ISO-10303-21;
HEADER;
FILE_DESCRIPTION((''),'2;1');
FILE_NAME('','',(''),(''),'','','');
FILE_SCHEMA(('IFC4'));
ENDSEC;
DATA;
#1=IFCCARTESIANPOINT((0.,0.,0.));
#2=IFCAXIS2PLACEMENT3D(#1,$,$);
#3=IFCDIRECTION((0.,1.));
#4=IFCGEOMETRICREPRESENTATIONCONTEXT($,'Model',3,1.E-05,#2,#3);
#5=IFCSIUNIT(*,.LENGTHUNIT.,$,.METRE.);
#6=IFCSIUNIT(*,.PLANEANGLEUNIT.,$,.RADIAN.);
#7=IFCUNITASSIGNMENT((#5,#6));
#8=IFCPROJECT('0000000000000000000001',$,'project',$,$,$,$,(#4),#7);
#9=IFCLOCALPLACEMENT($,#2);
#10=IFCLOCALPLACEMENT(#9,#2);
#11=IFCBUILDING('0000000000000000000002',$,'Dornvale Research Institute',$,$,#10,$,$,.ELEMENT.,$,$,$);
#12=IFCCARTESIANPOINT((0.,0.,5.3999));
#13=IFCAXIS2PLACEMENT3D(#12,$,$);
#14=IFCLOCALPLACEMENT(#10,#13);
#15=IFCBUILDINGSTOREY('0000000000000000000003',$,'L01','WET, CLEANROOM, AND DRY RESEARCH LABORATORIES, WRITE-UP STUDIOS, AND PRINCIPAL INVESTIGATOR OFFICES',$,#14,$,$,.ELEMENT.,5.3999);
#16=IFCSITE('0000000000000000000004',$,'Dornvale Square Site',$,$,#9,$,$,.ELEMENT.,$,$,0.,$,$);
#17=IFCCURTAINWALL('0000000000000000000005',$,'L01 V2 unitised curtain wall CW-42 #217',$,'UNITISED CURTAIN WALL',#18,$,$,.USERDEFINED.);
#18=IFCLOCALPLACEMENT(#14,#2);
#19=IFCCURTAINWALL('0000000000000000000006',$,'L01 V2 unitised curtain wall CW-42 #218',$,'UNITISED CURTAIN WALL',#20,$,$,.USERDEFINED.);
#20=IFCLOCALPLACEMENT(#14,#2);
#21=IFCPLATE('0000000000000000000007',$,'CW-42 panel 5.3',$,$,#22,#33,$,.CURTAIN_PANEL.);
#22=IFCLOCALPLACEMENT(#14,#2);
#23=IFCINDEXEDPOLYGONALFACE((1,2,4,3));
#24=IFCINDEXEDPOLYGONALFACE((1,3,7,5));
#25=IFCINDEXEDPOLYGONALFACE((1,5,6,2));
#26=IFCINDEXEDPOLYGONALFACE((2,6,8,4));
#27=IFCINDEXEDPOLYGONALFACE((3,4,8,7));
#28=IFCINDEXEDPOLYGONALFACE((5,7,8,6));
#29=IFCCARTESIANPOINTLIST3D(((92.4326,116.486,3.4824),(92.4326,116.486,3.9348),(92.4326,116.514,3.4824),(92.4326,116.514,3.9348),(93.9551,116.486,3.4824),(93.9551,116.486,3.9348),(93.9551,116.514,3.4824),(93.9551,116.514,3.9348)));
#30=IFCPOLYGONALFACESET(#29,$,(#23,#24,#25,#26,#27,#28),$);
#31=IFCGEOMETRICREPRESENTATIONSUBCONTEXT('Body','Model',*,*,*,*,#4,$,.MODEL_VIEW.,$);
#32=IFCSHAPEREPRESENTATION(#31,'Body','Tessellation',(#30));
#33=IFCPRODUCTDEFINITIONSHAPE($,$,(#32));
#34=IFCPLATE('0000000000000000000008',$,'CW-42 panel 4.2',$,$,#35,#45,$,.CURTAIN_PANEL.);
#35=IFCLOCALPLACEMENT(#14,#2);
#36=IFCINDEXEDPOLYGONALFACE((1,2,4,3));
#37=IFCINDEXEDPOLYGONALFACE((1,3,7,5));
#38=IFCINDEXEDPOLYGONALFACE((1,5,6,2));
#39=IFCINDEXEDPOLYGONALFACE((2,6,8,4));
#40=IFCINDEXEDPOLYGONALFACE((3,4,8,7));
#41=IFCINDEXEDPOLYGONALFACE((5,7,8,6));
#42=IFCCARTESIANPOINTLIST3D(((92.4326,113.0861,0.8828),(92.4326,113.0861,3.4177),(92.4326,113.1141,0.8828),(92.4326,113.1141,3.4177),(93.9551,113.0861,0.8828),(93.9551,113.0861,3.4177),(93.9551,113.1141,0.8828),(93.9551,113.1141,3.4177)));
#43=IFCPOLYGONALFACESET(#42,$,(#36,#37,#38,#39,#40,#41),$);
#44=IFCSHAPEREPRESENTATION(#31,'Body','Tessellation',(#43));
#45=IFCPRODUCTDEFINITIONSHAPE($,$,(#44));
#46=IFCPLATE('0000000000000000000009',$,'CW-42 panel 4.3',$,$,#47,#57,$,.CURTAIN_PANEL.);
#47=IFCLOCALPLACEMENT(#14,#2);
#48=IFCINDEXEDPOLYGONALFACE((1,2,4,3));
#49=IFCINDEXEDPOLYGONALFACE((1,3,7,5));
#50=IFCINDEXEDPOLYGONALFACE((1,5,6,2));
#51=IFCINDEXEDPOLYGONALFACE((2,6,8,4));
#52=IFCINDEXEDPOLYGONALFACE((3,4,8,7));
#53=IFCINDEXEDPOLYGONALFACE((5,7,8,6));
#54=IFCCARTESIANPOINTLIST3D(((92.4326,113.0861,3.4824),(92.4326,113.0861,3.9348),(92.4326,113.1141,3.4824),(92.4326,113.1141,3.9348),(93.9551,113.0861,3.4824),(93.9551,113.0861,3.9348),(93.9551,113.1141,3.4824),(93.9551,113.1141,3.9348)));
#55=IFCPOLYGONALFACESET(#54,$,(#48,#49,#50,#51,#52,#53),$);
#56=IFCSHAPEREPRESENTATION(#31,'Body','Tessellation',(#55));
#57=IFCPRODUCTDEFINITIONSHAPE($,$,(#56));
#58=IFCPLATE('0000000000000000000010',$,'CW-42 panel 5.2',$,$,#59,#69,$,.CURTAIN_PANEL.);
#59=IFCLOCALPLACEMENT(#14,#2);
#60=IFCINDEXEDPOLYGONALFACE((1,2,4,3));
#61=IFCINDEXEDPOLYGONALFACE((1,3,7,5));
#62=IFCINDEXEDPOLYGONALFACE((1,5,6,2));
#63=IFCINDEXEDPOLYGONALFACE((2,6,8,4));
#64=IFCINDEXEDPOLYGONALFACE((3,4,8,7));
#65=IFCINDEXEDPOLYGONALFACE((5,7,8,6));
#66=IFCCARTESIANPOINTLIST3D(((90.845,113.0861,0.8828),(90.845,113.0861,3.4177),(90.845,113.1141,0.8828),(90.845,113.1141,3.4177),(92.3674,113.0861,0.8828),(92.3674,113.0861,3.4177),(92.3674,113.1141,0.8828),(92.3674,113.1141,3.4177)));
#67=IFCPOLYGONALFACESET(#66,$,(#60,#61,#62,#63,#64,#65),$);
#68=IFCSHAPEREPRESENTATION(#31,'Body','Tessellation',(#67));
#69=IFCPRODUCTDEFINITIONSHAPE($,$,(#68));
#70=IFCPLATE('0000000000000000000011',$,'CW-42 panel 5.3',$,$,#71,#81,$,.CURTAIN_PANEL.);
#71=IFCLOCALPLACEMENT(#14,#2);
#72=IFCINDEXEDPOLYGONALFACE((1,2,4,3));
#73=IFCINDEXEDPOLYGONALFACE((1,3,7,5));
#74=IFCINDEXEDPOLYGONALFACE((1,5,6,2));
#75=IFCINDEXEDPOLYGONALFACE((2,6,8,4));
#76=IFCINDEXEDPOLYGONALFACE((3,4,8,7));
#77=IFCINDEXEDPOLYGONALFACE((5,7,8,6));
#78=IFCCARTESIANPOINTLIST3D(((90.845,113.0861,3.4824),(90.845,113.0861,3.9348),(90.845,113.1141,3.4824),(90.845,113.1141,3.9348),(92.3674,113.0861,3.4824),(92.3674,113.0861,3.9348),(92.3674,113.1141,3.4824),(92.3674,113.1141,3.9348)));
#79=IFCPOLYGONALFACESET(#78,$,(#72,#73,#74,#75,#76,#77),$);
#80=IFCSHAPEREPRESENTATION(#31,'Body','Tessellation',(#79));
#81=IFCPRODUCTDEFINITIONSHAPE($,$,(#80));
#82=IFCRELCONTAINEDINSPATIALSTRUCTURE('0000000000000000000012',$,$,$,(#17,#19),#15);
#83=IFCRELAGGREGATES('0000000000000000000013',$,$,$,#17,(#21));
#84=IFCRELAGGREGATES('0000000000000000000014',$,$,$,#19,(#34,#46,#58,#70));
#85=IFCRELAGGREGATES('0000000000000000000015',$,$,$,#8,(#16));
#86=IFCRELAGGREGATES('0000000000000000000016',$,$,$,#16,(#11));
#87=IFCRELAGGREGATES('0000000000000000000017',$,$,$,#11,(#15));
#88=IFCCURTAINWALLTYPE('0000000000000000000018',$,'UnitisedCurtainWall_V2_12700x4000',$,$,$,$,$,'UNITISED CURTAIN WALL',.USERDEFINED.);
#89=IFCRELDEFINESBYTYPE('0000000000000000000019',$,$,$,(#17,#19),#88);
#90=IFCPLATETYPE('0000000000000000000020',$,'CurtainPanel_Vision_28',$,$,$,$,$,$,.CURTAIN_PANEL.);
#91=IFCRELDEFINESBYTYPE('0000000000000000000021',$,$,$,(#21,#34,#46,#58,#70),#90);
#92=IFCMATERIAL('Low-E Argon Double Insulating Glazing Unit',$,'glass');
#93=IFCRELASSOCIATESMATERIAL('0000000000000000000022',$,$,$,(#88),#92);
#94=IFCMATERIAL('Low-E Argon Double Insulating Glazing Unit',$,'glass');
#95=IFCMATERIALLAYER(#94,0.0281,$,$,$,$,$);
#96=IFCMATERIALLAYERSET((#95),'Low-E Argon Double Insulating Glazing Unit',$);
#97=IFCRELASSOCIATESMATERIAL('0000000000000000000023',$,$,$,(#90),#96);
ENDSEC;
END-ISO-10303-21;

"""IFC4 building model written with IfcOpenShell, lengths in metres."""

from ifc_helpers import new_model, si_unit, direction, frame, origin, origin_2d, place, context, subcontext, project, spatial, rectangle, extrude, material, layer, layer_set, type_object, element, aggregate, save


model = new_model("IFC4")

# Units and contexts
model_context = context("Model", 3, precision=1e-05, world=origin(), true_north=direction((0.0, 1.0)))
body_context = subcontext(model_context, "Body", "Model", "MODEL_VIEW")
ifc_project = project(units=[si_unit("LENGTHUNIT", "METRE"), si_unit("PLANEANGLEUNIT", "RADIAN")], contexts=[model_context])

# Site, building, storey
site_placement = place(None, origin())
site = spatial("IfcSite", under=ifc_project, at=site_placement, Name="Dornvale Square Site", CompositionType="ELEMENT", RefElevation=0.0)
building_placement = place(site_placement, origin())
building = spatial("IfcBuilding", under=site, at=building_placement, Name="Dornvale Research Institute", CompositionType="ELEMENT")
storey_placement = place(building_placement, frame((0.0, 0.0, 5.3999)))
storey = spatial("IfcBuildingStorey", under=building, at=storey_placement, Name="L01", Description="WET, CLEANROOM, AND DRY RESEARCH LABORATORIES, WRITE-UP STUDIOS, AND PRINCIPAL INVESTIGATOR OFFICES", CompositionType="ELEMENT", Elevation=5.3999)

# Curtain walls
ifc_material_1 = material(Name="Low-E Argon Double Insulating Glazing Unit", Category="glass")
curtain_wall_type = type_object("IfcCurtainWallType", Name="UnitisedCurtainWall_V2_12700x4000", ElementType="UNITISED CURTAIN WALL", PredefinedType="USERDEFINED", material=ifc_material_1)
curtain_wall_1_placement = place(storey_placement, origin())
curtain_wall_1 = element("IfcCurtainWall", 1, at=curtain_wall_1_placement, inside=storey, type_object=curtain_wall_type, Name="L01 V2 unitised curtain wall CW-42 #217", ObjectType="UNITISED CURTAIN WALL", PredefinedType="USERDEFINED")
curtain_wall_2_placement = place(storey_placement, origin())
curtain_wall_2 = element("IfcCurtainWall", 2, at=curtain_wall_2_placement, inside=storey, type_object=curtain_wall_type, Name="L01 V2 unitised curtain wall CW-42 #218", ObjectType="UNITISED CURTAIN WALL", PredefinedType="USERDEFINED")

# Plates
ifc_material_2 = material(Name="Low-E Argon Double Insulating Glazing Unit", Category="glass")
ifc_layer_1 = layer(ifc_material_2, 0.0281)
ifc_layer_set_1 = layer_set([ifc_layer_1], Name="Low-E Argon Double Insulating Glazing Unit")
plate_type_1 = type_object("IfcPlateType", Name="CurtainPanel_Vision_28", PredefinedType="CURTAIN_PANEL", material=ifc_layer_set_1)
plate_1_placement = place(storey_placement, frame((93.1938, 116.5, 3.4824), z_axis=(0.0, 0.0, 1.0), x_axis=(1.0, 0.0, 0.0)))
plate_1 = element("IfcPlate", 3, at=plate_1_placement, type_object=plate_type_1, Name="CW-42 panel 5.3", PredefinedType="CURTAIN_PANEL", context=body_context, shape_type="SweptSolid", body=[
    extrude(rectangle(XDim=1.5225, YDim=0.0281, at=origin_2d()), origin(), (0.0, 0.0, 1.0), 0.4524),
])
aggregate(curtain_wall_1, [plate_1])
plate_2_placement = place(storey_placement, frame((93.1938, 113.1001, 0.8828), z_axis=(0.0, 0.0, 1.0), x_axis=(-1.0, 0.0, 0.0)))
plate_2 = element("IfcPlate", 4, at=plate_2_placement, type_object=plate_type_1, Name="CW-42 panel 4.2", PredefinedType="CURTAIN_PANEL", context=body_context, shape_type="SweptSolid", body=[
    extrude(rectangle(XDim=1.5225, YDim=0.0281, at=origin_2d()), origin(), (0.0, 0.0, 1.0), 2.5349),
])
plate_3_placement = place(storey_placement, frame((93.1938, 113.1001, 3.4824), z_axis=(0.0, 0.0, 1.0), x_axis=(-1.0, 0.0, 0.0)))
plate_3 = element("IfcPlate", 5, at=plate_3_placement, type_object=plate_type_1, Name="CW-42 panel 4.3", PredefinedType="CURTAIN_PANEL", context=body_context, shape_type="SweptSolid", body=[
    extrude(rectangle(XDim=1.5225, YDim=0.0281, at=origin_2d()), origin(), (0.0, 0.0, 1.0), 0.4524),
])
plate_4_placement = place(storey_placement, frame((91.6062, 113.1001, 0.8828), z_axis=(0.0, 0.0, 1.0), x_axis=(-1.0, 0.0, 0.0)))
plate_4 = element("IfcPlate", 6, at=plate_4_placement, type_object=plate_type_1, Name="CW-42 panel 5.2", PredefinedType="CURTAIN_PANEL", context=body_context, shape_type="SweptSolid", body=[
    extrude(rectangle(XDim=1.5225, YDim=0.0281, at=origin_2d()), origin(), (0.0, 0.0, 1.0), 2.5349),
])
plate_5_placement = place(storey_placement, frame((91.6062, 113.1001, 3.4824), z_axis=(0.0, 0.0, 1.0), x_axis=(-1.0, 0.0, 0.0)))
plate_5 = element("IfcPlate", 7, at=plate_5_placement, type_object=plate_type_1, Name="CW-42 panel 5.3", PredefinedType="CURTAIN_PANEL", context=body_context, shape_type="SweptSolid", body=[
    extrude(rectangle(XDim=1.5225, YDim=0.0281, at=origin_2d()), origin(), (0.0, 0.0, 1.0), 0.4524),
])
aggregate(curtain_wall_2, [plate_2, plate_3, plate_4, plate_5])

save(model, "model.ifc")
